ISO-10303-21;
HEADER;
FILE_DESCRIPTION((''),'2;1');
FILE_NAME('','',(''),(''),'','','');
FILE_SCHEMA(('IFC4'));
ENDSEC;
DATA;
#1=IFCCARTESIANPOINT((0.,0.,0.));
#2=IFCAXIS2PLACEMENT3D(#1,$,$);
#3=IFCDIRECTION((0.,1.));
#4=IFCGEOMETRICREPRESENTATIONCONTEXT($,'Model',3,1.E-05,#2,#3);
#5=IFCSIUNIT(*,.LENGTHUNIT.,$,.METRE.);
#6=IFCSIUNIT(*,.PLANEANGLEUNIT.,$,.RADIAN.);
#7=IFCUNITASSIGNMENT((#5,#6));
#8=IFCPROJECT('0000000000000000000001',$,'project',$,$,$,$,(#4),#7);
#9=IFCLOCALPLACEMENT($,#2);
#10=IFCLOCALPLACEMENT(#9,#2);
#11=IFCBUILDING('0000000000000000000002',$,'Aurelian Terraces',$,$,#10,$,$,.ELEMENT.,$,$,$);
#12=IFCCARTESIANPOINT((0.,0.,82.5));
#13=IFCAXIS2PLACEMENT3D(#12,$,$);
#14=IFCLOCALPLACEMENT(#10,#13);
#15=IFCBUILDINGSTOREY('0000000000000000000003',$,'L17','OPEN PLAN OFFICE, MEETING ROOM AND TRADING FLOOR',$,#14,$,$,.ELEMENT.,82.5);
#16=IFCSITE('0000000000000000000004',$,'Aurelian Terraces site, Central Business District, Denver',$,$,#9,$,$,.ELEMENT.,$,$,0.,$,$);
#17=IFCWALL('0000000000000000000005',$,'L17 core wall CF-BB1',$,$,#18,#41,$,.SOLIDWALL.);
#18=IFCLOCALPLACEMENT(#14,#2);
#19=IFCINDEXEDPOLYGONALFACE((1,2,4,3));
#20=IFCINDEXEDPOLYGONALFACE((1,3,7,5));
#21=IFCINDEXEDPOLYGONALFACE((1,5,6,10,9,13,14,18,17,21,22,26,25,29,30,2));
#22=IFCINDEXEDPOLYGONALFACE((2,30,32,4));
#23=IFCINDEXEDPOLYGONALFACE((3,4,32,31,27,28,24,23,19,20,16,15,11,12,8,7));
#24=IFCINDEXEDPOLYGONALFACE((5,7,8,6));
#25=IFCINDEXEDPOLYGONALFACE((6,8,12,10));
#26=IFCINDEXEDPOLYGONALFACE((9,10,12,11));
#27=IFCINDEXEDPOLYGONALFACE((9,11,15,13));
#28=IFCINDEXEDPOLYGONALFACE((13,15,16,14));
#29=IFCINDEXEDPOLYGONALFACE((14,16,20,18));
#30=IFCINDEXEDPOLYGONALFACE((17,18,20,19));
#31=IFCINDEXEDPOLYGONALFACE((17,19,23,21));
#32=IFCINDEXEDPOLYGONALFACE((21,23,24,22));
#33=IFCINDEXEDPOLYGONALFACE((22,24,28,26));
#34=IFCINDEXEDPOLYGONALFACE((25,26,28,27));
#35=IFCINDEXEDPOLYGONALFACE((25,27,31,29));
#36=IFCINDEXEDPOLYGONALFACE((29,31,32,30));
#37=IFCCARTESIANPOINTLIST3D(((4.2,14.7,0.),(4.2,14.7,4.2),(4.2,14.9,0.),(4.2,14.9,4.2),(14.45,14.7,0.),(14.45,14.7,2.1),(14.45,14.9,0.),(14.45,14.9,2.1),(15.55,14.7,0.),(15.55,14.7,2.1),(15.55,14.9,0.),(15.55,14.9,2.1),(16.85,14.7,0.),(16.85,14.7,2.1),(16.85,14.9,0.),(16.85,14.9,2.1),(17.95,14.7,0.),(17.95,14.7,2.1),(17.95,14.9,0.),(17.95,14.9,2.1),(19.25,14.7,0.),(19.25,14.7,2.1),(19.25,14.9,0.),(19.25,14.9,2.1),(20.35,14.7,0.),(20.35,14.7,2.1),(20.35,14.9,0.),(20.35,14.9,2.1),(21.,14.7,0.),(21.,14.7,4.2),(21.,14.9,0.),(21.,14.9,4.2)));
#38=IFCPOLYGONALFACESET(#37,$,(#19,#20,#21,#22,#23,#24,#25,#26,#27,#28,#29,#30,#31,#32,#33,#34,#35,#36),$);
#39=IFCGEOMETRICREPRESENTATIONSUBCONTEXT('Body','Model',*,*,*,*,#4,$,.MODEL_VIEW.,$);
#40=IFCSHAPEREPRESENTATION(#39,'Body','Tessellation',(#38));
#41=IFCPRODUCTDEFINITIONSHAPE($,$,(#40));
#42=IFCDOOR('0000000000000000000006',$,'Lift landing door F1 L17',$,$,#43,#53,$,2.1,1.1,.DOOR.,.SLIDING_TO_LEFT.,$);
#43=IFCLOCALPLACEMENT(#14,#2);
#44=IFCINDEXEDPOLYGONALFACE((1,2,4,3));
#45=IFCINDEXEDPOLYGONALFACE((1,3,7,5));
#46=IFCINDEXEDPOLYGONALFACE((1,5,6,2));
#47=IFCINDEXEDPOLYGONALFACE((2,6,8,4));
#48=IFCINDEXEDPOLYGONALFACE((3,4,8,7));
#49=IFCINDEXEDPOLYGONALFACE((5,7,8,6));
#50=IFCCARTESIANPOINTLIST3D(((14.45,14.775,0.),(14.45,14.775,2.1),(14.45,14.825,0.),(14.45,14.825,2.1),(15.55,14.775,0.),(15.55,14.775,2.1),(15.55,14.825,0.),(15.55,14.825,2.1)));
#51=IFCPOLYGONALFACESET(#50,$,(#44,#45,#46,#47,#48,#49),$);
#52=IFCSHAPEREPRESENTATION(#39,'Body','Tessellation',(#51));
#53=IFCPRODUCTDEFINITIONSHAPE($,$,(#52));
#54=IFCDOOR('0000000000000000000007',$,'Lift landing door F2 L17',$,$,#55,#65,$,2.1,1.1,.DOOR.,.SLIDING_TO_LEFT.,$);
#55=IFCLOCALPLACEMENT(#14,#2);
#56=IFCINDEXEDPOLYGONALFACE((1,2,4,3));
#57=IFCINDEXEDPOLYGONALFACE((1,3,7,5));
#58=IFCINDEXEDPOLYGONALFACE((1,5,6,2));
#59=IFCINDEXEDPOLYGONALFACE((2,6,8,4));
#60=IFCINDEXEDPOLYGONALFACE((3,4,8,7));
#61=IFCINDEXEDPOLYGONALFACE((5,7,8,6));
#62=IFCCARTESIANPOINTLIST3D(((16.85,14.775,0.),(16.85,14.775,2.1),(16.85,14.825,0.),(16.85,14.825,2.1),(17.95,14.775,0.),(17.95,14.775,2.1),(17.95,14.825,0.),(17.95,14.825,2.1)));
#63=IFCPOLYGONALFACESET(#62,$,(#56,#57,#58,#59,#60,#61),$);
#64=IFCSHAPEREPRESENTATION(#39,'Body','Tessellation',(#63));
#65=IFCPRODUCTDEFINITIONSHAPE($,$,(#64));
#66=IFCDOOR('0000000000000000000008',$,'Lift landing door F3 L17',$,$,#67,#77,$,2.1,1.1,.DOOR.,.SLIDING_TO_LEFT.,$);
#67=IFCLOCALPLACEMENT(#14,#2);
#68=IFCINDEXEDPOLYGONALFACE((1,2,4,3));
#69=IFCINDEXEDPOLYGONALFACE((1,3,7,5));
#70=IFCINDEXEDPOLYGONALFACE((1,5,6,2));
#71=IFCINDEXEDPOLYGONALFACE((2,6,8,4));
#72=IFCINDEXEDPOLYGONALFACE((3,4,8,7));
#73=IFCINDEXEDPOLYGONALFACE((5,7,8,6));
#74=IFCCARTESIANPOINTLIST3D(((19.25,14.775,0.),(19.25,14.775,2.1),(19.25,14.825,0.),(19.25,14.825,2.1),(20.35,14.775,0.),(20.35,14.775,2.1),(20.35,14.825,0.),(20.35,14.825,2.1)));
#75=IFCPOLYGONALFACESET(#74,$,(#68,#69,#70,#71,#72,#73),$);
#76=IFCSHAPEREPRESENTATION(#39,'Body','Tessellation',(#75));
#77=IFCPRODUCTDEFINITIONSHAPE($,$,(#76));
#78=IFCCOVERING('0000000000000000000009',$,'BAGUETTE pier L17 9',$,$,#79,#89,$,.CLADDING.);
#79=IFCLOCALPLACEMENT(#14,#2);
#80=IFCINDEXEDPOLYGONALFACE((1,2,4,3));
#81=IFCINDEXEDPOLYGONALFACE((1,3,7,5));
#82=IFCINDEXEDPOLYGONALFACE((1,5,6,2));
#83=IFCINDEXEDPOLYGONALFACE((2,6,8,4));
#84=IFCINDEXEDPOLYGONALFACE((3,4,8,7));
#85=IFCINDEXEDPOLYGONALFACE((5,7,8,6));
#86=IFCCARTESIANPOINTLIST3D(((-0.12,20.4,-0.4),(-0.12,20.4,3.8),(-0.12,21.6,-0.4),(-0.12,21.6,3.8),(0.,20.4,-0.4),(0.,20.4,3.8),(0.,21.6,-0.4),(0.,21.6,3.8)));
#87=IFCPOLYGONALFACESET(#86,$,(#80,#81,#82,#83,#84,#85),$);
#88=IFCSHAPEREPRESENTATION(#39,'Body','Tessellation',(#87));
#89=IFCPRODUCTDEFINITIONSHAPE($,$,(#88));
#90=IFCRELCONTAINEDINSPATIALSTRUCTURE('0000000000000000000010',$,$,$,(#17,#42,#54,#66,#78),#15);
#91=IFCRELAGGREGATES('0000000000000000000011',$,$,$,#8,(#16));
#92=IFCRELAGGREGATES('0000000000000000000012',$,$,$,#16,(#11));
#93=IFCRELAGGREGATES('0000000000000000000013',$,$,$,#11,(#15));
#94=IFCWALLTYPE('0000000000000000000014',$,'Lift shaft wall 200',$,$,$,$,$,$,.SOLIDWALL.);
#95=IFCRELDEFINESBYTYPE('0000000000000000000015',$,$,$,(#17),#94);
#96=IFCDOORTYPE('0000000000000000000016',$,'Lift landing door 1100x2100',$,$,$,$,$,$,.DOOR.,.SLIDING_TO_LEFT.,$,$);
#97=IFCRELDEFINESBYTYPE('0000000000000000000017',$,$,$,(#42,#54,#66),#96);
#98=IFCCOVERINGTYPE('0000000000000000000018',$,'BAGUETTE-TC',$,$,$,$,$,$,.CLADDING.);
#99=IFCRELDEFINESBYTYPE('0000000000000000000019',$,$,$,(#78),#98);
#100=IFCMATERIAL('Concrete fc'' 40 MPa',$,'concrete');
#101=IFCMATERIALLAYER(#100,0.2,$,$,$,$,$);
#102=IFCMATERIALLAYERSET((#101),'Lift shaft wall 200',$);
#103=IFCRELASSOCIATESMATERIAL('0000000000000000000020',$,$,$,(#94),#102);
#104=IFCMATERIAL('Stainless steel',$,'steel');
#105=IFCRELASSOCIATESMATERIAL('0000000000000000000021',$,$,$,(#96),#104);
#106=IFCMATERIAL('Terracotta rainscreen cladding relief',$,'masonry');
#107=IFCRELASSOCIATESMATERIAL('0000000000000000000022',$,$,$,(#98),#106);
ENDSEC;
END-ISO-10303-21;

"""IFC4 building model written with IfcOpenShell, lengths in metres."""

from ifc_helpers import new_model, si_unit, direction, frame, frame_2d, origin, origin_2d, place, context, subcontext, project, spatial, rectangle, extrude, source, transform, mapped, material, layer, layer_set, type_object, element, fill, save


model = new_model("IFC4")

# Units and contexts
model_context = context("Model", 3, precision=1e-05, world=origin(), true_north=direction((0.0, 1.0)))
body_context = subcontext(model_context, "Body", "Model", "MODEL_VIEW")
ifc_project = project(units=[si_unit("LENGTHUNIT", "METRE"), si_unit("PLANEANGLEUNIT", "RADIAN")], contexts=[model_context])

# Site, building, storey
site_placement = place(None, origin())
site = spatial("IfcSite", under=ifc_project, at=site_placement, Name="Aurelian Terraces site, Central Business District, Denver", CompositionType="ELEMENT", RefElevation=0.0)
building_placement = place(site_placement, origin())
building = spatial("IfcBuilding", under=site, at=building_placement, Name="Aurelian Terraces", CompositionType="ELEMENT")
storey_placement = place(building_placement, frame((0.0, 0.0, 82.5)))
storey = spatial("IfcBuildingStorey", under=building, at=storey_placement, Name="L17", Description="OPEN PLAN OFFICE, MEETING ROOM AND TRADING FLOOR", CompositionType="ELEMENT", Elevation=82.5)

# Shared definitions
ifc_material_1 = material(Name="Concrete fc' 40 MPa", Category="concrete")

# Wall, openings, doors
ifc_layer_1 = layer(ifc_material_1, 0.2)
ifc_layer_set_1 = layer_set([ifc_layer_1], Name="Lift shaft wall 200")
wall_type_1 = type_object("IfcWallType", Name="Lift shaft wall 200", PredefinedType="SOLIDWALL", material=ifc_layer_set_1)
shared_shape_1 = source(origin(), body_context, "Body", "SweptSolid", [
    extrude(rectangle(XDim=16.8, YDim=0.2, at=frame_2d((8.4, 0.0))), origin(), (0.0, 0.0, 1.0), 4.2),
])
wall_1_placement = place(storey_placement, frame((4.2, 14.8, 0.0), z_axis=(0.0, 0.0, 1.0), x_axis=(1.0, 0.0, 0.0)))
wall_1 = element("IfcWall", 1, at=wall_1_placement, inside=storey, type_object=wall_type_1, Name="L17 core wall CF-BB1", PredefinedType="SOLIDWALL", context=body_context, shape_type="MappedRepresentation", body=[
    mapped(shared_shape_1, transform((0.0, 0.0, 0.0), scale=1.0)),
])
shared_shape_2 = source(origin(), body_context, "Body", "SweptSolid", [
    extrude(rectangle(XDim=1.1, YDim=2.1, at=frame_2d((0.55, 1.05))), frame((0.0, 0.11, 0.0), z_axis=(0.0, -1.0, 0.0), x_axis=(1.0, 0.0, 0.0)), (0.0, 0.0, 1.0), 0.22),
])
opening_1_placement = place(wall_1_placement, frame((10.25, 0.0, 0.0)))
opening_1 = element("IfcOpeningElement", 2, at=opening_1_placement, cuts=wall_1, PredefinedType="OPENING", context=body_context, shape_type="MappedRepresentation", body=[
    mapped(shared_shape_2, transform((0.0, 0.0, 0.0), scale=1.0)),
])
opening_2_placement = place(wall_1_placement, frame((12.65, 0.0, 0.0)))
opening_2 = element("IfcOpeningElement", 3, at=opening_2_placement, cuts=wall_1, PredefinedType="OPENING", context=body_context, shape_type="MappedRepresentation", body=[
    mapped(shared_shape_2, transform((0.0, 0.0, 0.0), scale=1.0)),
])
opening_3_placement = place(wall_1_placement, frame((15.05, 0.0, 0.0)))
opening_3 = element("IfcOpeningElement", 4, at=opening_3_placement, cuts=wall_1, PredefinedType="OPENING", context=body_context, shape_type="MappedRepresentation", body=[
    mapped(shared_shape_2, transform((0.0, 0.0, 0.0), scale=1.0)),
])
ifc_material_2 = material(Name="Stainless steel", Category="steel")
door_type = type_object("IfcDoorType", Name="Lift landing door 1100x2100", OperationType="SLIDING_TO_LEFT", PredefinedType="DOOR", material=ifc_material_2)
shared_shape_3 = source(origin(), body_context, "Body", "SweptSolid", [
    extrude(rectangle(XDim=1.1, YDim=2.1, at=frame_2d((0.55, 1.05))), frame((0.0, 0.025, 0.0), z_axis=(0.0, -1.0, 0.0), x_axis=(1.0, 0.0, 0.0)), (0.0, 0.0, 1.0), 0.05),
])
door_1_placement = place(opening_1_placement, origin())
door_1 = element("IfcDoor", 5, at=door_1_placement, inside=storey, type_object=door_type, Name="Lift landing door F1 L17", OperationType="SLIDING_TO_LEFT", OverallHeight=2.1, OverallWidth=1.1, PredefinedType="DOOR", context=body_context, shape_type="MappedRepresentation", body=[
    mapped(shared_shape_3, transform((0.0, 0.0, 0.0), scale=1.0)),
])
fill(opening_1, door_1)
door_2_placement = place(opening_2_placement, origin())
door_2 = element("IfcDoor", 6, at=door_2_placement, inside=storey, type_object=door_type, Name="Lift landing door F2 L17", OperationType="SLIDING_TO_LEFT", OverallHeight=2.1, OverallWidth=1.1, PredefinedType="DOOR", context=body_context, shape_type="MappedRepresentation", body=[
    mapped(shared_shape_3, transform((0.0, 0.0, 0.0), scale=1.0)),
])
fill(opening_2, door_2)
door_3_placement = place(opening_3_placement, origin())
door_3 = element("IfcDoor", 7, at=door_3_placement, inside=storey, type_object=door_type, Name="Lift landing door F3 L17", OperationType="SLIDING_TO_LEFT", OverallHeight=2.1, OverallWidth=1.1, PredefinedType="DOOR", context=body_context, shape_type="MappedRepresentation", body=[
    mapped(shared_shape_3, transform((0.0, 0.0, 0.0), scale=1.0)),
])
fill(opening_3, door_3)

# Covering
ifc_material_3 = material(Name="Terracotta rainscreen cladding relief", Category="masonry")
covering_type = type_object("IfcCoveringType", Name="BAGUETTE-TC", PredefinedType="CLADDING", material=ifc_material_3)
shared_shape_4 = source(origin(), body_context, "Body", "SweptSolid", [
    extrude(rectangle(XDim=0.12, YDim=1.2, at=origin_2d()), origin(), (0.0, 0.0, 1.0), 4.2),
])
covering_placement = place(storey_placement, frame((-0.06, 21.0, -0.4), z_axis=(0.0, 0.0, 1.0), x_axis=(1.0, 0.0, 0.0)))
element("IfcCovering", 8, at=covering_placement, inside=storey, type_object=covering_type, Name="BAGUETTE pier L17 9", PredefinedType="CLADDING", context=body_context, shape_type="MappedRepresentation", body=[
    mapped(shared_shape_4, transform((0.0, 0.0, 0.0), scale=1.0)),
])

save(model, "model.ifc")
